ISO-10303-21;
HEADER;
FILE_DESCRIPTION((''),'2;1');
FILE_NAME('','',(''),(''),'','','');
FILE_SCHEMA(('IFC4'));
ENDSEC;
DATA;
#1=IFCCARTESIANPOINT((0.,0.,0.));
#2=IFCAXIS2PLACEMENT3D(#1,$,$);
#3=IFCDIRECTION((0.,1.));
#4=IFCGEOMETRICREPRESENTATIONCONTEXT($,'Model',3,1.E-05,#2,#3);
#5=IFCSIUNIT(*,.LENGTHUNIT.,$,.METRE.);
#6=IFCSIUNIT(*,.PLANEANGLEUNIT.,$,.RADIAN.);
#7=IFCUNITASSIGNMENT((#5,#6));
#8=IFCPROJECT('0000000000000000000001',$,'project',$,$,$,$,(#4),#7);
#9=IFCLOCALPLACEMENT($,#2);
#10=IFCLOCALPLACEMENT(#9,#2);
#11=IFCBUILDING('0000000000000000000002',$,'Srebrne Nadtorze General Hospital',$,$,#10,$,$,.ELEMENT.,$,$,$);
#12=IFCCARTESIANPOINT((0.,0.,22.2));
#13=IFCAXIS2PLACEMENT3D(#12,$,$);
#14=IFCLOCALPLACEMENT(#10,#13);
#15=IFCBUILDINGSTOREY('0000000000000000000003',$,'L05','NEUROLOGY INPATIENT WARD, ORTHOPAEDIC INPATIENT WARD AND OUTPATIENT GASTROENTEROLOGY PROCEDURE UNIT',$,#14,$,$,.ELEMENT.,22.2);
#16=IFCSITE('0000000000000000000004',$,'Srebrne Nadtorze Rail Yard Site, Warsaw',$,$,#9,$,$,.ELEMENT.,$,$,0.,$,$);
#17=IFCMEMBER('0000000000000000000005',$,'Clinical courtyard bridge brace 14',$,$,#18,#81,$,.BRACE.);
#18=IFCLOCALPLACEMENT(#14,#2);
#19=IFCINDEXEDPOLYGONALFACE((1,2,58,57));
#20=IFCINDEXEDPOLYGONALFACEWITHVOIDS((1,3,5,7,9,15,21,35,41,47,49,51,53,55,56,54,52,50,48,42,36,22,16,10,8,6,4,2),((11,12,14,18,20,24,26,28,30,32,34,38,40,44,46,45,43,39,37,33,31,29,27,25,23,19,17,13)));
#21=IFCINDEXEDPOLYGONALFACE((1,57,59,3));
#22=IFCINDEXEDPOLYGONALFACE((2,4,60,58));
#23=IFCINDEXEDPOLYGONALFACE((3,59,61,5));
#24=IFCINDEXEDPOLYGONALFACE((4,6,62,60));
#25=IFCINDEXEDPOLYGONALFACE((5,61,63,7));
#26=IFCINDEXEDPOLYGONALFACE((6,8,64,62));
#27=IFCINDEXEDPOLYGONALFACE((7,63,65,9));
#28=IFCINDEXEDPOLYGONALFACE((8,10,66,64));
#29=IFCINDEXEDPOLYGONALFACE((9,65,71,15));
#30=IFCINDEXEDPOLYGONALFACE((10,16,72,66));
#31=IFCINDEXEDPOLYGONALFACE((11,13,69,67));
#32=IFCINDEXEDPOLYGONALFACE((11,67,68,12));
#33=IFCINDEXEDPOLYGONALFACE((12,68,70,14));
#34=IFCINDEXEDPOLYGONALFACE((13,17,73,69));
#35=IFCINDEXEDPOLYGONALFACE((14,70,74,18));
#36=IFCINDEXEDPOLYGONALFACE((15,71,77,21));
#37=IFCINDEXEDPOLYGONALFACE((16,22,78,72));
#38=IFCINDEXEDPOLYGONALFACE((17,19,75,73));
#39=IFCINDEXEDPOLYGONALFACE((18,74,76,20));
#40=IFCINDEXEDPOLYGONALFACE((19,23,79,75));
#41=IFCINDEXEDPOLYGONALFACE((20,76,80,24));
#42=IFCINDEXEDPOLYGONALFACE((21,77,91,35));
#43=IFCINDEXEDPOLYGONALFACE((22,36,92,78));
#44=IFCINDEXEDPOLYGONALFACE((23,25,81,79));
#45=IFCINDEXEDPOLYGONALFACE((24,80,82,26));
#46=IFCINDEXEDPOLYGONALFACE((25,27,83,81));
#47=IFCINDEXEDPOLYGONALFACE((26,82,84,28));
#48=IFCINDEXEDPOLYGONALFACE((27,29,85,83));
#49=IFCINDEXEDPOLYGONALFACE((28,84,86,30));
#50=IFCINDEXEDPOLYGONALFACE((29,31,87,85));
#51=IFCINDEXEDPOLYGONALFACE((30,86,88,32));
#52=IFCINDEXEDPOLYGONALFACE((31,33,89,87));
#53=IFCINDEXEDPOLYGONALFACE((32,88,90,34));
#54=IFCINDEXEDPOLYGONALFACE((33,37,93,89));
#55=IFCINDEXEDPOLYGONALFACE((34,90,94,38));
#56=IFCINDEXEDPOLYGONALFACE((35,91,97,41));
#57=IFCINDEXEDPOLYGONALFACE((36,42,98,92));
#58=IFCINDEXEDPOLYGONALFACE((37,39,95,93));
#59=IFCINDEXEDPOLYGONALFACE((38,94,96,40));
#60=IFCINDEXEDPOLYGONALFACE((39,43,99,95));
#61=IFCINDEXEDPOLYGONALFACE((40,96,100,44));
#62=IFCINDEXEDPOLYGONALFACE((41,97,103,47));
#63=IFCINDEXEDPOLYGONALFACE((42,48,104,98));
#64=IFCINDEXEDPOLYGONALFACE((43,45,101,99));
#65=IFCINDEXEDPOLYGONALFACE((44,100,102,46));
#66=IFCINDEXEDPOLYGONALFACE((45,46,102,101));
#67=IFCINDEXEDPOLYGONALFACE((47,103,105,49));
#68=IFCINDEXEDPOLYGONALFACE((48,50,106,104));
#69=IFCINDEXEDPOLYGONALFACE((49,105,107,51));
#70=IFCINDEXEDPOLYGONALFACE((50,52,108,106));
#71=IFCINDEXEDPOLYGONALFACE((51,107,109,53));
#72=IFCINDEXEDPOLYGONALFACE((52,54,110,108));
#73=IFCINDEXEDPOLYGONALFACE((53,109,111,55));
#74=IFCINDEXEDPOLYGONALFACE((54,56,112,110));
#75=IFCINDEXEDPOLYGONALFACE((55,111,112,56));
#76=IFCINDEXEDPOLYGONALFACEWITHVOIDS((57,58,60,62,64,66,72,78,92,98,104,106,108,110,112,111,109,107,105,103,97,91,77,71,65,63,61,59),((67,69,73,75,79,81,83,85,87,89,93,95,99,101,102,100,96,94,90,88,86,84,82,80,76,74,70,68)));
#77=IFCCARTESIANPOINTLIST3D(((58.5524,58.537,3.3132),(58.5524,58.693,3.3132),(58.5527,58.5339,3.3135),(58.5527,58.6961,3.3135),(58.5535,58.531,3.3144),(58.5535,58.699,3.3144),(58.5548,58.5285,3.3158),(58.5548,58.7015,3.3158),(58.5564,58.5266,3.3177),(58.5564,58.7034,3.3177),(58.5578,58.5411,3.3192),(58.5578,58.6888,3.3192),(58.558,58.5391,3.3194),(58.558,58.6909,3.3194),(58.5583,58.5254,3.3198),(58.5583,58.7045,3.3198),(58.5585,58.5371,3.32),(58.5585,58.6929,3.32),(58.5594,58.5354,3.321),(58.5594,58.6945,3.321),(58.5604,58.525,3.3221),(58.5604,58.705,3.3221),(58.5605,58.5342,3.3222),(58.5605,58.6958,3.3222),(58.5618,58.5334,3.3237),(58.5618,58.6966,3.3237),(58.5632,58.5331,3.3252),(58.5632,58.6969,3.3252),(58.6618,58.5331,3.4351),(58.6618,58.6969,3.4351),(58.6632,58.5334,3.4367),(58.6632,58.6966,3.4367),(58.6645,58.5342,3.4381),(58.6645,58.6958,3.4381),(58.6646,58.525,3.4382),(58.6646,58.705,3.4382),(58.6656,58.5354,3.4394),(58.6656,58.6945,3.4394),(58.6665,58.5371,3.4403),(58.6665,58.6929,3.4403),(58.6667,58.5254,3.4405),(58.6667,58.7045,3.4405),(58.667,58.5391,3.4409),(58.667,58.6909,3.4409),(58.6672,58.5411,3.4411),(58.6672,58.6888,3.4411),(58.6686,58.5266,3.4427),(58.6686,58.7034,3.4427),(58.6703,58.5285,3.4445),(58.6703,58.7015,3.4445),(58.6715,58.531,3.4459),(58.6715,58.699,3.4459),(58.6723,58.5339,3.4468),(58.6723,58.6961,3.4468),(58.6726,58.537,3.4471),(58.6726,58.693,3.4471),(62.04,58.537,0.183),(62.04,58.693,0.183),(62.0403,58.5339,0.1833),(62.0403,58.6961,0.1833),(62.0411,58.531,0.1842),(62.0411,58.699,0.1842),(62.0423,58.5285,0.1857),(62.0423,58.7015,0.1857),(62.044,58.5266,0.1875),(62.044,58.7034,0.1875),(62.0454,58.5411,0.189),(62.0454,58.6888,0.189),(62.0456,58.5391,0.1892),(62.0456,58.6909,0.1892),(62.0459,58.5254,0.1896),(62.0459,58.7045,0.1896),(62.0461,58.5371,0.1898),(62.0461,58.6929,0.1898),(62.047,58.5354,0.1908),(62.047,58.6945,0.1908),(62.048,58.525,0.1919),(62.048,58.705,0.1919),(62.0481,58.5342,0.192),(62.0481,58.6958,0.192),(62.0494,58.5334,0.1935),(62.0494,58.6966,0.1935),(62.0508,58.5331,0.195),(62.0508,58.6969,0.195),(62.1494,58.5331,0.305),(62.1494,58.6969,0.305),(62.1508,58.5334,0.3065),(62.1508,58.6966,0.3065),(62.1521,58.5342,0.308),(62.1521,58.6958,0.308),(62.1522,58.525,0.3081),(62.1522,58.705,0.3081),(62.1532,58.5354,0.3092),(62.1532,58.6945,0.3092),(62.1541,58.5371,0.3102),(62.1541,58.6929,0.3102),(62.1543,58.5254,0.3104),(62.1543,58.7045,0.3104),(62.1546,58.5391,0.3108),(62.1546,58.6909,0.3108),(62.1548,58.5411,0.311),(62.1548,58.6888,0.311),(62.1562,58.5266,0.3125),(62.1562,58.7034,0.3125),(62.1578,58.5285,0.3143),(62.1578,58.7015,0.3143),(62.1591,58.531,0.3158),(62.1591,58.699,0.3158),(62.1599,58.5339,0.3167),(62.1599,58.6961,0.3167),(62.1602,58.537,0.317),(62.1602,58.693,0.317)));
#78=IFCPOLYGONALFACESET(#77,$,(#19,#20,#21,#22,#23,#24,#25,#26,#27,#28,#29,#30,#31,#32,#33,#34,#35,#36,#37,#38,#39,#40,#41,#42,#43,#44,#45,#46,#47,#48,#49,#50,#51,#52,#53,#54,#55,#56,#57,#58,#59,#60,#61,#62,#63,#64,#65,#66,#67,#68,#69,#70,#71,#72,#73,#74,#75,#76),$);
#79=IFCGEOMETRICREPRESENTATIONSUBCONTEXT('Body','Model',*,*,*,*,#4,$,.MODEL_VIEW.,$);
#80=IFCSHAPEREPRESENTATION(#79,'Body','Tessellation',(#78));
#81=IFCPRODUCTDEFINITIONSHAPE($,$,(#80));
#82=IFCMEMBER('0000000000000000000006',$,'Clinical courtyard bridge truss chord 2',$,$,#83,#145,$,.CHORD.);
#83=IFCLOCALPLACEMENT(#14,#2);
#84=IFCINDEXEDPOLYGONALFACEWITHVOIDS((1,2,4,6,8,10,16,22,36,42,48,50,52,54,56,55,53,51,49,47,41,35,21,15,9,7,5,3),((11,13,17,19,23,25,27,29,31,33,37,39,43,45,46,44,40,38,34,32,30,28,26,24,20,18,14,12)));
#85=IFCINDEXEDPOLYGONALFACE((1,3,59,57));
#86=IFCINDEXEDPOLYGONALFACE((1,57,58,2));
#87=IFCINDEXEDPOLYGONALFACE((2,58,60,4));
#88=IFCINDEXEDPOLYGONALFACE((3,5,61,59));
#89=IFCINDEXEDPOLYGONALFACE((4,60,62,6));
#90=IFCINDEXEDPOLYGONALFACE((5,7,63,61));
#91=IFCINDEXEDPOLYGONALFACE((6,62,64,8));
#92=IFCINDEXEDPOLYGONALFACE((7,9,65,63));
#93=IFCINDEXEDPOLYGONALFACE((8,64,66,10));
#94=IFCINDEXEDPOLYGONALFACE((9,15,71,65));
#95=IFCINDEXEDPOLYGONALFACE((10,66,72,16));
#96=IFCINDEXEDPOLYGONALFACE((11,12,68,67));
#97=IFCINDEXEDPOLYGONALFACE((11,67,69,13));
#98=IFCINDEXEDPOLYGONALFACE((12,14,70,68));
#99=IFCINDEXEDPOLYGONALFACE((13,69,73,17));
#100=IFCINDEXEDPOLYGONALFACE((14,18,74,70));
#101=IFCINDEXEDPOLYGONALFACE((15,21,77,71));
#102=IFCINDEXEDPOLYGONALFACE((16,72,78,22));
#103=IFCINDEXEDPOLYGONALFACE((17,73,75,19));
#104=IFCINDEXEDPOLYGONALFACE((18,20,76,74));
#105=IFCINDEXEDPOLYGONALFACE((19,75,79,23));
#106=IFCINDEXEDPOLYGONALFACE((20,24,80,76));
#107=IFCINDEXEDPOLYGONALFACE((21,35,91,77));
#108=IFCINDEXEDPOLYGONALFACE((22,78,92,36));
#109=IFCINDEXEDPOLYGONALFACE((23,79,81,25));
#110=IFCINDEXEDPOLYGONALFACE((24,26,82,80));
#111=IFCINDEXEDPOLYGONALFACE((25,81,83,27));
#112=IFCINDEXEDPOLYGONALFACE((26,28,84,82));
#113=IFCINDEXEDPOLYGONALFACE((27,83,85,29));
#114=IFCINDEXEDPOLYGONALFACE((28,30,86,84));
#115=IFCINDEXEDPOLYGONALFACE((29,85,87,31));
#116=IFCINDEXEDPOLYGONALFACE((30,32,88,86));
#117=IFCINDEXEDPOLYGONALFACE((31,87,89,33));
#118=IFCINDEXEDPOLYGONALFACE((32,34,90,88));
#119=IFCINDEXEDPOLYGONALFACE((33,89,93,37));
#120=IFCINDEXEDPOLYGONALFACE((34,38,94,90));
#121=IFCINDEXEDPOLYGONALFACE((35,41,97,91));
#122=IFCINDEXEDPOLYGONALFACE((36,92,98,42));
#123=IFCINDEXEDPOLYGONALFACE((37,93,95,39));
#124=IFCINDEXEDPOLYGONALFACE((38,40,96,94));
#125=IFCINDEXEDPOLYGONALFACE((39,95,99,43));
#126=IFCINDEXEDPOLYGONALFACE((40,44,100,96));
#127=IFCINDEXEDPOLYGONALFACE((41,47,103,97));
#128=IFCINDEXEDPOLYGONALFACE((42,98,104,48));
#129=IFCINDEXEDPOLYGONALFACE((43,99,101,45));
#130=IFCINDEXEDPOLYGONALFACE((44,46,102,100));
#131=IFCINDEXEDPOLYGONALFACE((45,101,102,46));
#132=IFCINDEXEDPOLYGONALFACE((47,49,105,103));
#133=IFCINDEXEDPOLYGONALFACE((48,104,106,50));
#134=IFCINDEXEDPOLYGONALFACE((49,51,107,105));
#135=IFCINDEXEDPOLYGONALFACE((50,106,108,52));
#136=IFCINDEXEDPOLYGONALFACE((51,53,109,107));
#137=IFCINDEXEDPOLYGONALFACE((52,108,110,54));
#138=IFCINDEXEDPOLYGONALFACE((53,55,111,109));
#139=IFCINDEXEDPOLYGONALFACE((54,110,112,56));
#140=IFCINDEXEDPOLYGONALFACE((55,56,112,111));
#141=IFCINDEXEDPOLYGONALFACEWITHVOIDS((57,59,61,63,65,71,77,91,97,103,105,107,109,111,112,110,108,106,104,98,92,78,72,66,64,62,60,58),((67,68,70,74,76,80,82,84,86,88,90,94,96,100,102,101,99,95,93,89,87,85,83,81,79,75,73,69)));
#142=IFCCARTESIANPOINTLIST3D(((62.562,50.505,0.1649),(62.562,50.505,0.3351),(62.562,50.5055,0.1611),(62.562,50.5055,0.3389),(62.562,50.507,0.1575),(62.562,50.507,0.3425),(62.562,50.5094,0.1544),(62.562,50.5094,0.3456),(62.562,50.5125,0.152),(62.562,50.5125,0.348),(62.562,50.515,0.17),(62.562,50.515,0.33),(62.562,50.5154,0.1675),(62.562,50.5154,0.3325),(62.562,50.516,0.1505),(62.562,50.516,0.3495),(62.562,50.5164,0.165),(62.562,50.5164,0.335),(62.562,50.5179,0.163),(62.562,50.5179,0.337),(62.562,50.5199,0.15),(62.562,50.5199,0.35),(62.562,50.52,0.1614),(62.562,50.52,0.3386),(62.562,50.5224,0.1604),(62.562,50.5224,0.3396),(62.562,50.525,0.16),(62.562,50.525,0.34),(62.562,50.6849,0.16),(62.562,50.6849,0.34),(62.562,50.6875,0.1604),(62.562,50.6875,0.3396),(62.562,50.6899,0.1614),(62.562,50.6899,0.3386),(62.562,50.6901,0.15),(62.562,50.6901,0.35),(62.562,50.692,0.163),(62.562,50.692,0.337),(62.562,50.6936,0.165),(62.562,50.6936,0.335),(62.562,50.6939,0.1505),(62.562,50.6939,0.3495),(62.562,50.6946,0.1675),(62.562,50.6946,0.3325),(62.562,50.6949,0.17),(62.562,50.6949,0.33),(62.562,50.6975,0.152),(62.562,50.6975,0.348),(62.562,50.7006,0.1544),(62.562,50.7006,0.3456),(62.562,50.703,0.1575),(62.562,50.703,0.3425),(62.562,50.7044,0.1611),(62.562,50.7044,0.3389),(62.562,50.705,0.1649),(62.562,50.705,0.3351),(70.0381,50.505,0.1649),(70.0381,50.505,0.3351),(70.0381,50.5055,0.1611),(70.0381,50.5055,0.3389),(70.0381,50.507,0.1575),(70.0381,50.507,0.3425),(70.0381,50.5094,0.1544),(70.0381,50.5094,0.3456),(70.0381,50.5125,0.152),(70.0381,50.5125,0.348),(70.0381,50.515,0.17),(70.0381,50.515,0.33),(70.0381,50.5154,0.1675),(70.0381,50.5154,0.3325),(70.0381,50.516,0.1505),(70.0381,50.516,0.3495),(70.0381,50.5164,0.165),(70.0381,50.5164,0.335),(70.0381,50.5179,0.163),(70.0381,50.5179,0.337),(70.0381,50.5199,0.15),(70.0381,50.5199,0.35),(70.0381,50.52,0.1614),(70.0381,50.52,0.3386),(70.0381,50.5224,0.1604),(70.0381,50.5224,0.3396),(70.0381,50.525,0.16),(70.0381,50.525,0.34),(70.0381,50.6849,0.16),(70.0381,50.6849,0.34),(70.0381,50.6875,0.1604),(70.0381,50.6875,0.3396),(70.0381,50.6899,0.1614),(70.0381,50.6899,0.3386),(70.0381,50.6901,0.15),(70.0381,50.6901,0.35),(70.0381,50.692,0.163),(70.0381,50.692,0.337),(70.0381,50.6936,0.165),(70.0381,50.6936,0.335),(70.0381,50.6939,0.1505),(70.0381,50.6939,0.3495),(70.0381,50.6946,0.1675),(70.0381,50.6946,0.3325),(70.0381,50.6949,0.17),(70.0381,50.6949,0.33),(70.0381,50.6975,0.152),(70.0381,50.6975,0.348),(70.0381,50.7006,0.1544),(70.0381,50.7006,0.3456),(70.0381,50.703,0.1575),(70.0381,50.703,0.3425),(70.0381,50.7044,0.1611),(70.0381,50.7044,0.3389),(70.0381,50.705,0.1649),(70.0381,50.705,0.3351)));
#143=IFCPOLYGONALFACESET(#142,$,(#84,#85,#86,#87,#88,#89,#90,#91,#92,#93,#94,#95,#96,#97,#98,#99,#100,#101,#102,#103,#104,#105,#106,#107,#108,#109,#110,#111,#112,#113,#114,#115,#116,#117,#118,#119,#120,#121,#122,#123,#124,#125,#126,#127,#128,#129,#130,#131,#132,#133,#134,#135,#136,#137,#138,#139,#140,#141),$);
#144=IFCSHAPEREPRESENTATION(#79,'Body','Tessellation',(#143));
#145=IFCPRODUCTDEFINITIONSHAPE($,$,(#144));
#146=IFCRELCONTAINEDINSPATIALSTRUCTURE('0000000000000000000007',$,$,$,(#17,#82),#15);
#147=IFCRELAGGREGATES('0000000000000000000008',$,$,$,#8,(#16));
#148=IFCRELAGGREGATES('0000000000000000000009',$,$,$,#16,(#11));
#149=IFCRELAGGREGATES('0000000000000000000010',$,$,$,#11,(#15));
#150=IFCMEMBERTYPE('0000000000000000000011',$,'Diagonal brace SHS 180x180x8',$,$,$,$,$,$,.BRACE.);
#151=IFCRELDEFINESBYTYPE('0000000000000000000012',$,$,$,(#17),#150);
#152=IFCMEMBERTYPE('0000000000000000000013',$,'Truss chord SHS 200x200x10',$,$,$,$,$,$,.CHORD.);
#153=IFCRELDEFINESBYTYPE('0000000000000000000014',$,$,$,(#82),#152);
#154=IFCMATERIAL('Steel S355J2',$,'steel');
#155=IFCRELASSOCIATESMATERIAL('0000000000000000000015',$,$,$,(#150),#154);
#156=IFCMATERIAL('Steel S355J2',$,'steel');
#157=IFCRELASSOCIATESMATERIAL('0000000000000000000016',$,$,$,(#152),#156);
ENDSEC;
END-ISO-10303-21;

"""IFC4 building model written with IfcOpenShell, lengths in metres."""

from ifc_helpers import new_model, si_unit, direction, frame, origin, origin_2d, place, context, subcontext, project, spatial, hollow_rectangle, extrude, material, material_profile, profile_set, type_object, element, save


model = new_model("IFC4")

# Units and contexts
model_context = context("Model", 3, precision=1e-05, world=origin(), true_north=direction((0.0, 1.0)))
body_context = subcontext(model_context, "Body", "Model", "MODEL_VIEW")
ifc_project = project(units=[si_unit("LENGTHUNIT", "METRE"), si_unit("PLANEANGLEUNIT", "RADIAN")], contexts=[model_context])

# Site, building, storey
site_placement = place(None, origin())
site = spatial("IfcSite", under=ifc_project, at=site_placement, Name="Srebrne Nadtorze Rail Yard Site, Warsaw", CompositionType="ELEMENT", RefElevation=0.0)
building_placement = place(site_placement, origin())
building = spatial("IfcBuilding", under=site, at=building_placement, Name="Srebrne Nadtorze General Hospital", CompositionType="ELEMENT")
storey_placement = place(building_placement, frame((0.0, 0.0, 22.2)))
storey = spatial("IfcBuildingStorey", under=building, at=storey_placement, Name="L05", Description="NEUROLOGY INPATIENT WARD, ORTHOPAEDIC INPATIENT WARD AND OUTPATIENT GASTROENTEROLOGY PROCEDURE UNIT", CompositionType="ELEMENT", Elevation=22.2)

# Members
ifc_material_1 = material(Name="Steel S355J2", Category="steel")
ifc_material_profile_1 = material_profile(ifc_material_1, hollow_rectangle(XDim=0.1799, YDim=0.1799, WallThickness=0.0081, InnerFilletRadius=0.0081, OuterFilletRadius=0.012, at=origin_2d()), Name="SHS-180x180x8")
ifc_profile_set_1 = profile_set([ifc_material_profile_1], Name="Steel S355J2")
member_type_1 = type_object("IfcMemberType", Name="Diagonal brace SHS 180x180x8", PredefinedType="BRACE", material=ifc_profile_set_1)
member_1_placement = place(storey_placement, frame((62.1001, 58.615, 0.25), z_axis=(-0.744213, 0.0, 0.667942), x_axis=(0.0, -1.0, 0.0)))
element("IfcMember", 1, at=member_1_placement, inside=storey, type_object=member_type_1, Name="Clinical courtyard bridge brace 14", PredefinedType="BRACE", context=body_context, shape_type="SweptSolid", body=[
    extrude(hollow_rectangle(XDim=0.1799, YDim=0.1799, WallThickness=0.0081, InnerFilletRadius=0.0081, OuterFilletRadius=0.012, at=origin_2d()), origin(), (0.0, 0.0, 1.0), 4.6863),
])
ifc_material_2 = material(Name="Steel S355J2", Category="steel")
ifc_material_profile_2 = material_profile(ifc_material_2, hollow_rectangle(XDim=0.2, YDim=0.2, WallThickness=0.01, InnerFilletRadius=0.01, OuterFilletRadius=0.0149, at=origin_2d()), Name="SHS-200x200x10")
ifc_profile_set_2 = profile_set([ifc_material_profile_2], Name="Steel S355J2")
member_type_2 = type_object("IfcMemberType", Name="Truss chord SHS 200x200x10", PredefinedType="CHORD", material=ifc_profile_set_2)
member_2_placement = place(storey_placement, frame((62.562, 50.605, 0.25), z_axis=(1.0, 0.0, 0.0), x_axis=(0.0, 1.0, 0.0)))
element("IfcMember", 2, at=member_2_placement, inside=storey, type_object=member_type_2, Name="Clinical courtyard bridge truss chord 2", PredefinedType="CHORD", context=body_context, shape_type="SweptSolid", body=[
    extrude(hollow_rectangle(XDim=0.2, YDim=0.2, WallThickness=0.01, InnerFilletRadius=0.01, OuterFilletRadius=0.0149, at=origin_2d()), origin(), (0.0, 0.0, 1.0), 7.4761),
])

save(model, "model.ifc")
